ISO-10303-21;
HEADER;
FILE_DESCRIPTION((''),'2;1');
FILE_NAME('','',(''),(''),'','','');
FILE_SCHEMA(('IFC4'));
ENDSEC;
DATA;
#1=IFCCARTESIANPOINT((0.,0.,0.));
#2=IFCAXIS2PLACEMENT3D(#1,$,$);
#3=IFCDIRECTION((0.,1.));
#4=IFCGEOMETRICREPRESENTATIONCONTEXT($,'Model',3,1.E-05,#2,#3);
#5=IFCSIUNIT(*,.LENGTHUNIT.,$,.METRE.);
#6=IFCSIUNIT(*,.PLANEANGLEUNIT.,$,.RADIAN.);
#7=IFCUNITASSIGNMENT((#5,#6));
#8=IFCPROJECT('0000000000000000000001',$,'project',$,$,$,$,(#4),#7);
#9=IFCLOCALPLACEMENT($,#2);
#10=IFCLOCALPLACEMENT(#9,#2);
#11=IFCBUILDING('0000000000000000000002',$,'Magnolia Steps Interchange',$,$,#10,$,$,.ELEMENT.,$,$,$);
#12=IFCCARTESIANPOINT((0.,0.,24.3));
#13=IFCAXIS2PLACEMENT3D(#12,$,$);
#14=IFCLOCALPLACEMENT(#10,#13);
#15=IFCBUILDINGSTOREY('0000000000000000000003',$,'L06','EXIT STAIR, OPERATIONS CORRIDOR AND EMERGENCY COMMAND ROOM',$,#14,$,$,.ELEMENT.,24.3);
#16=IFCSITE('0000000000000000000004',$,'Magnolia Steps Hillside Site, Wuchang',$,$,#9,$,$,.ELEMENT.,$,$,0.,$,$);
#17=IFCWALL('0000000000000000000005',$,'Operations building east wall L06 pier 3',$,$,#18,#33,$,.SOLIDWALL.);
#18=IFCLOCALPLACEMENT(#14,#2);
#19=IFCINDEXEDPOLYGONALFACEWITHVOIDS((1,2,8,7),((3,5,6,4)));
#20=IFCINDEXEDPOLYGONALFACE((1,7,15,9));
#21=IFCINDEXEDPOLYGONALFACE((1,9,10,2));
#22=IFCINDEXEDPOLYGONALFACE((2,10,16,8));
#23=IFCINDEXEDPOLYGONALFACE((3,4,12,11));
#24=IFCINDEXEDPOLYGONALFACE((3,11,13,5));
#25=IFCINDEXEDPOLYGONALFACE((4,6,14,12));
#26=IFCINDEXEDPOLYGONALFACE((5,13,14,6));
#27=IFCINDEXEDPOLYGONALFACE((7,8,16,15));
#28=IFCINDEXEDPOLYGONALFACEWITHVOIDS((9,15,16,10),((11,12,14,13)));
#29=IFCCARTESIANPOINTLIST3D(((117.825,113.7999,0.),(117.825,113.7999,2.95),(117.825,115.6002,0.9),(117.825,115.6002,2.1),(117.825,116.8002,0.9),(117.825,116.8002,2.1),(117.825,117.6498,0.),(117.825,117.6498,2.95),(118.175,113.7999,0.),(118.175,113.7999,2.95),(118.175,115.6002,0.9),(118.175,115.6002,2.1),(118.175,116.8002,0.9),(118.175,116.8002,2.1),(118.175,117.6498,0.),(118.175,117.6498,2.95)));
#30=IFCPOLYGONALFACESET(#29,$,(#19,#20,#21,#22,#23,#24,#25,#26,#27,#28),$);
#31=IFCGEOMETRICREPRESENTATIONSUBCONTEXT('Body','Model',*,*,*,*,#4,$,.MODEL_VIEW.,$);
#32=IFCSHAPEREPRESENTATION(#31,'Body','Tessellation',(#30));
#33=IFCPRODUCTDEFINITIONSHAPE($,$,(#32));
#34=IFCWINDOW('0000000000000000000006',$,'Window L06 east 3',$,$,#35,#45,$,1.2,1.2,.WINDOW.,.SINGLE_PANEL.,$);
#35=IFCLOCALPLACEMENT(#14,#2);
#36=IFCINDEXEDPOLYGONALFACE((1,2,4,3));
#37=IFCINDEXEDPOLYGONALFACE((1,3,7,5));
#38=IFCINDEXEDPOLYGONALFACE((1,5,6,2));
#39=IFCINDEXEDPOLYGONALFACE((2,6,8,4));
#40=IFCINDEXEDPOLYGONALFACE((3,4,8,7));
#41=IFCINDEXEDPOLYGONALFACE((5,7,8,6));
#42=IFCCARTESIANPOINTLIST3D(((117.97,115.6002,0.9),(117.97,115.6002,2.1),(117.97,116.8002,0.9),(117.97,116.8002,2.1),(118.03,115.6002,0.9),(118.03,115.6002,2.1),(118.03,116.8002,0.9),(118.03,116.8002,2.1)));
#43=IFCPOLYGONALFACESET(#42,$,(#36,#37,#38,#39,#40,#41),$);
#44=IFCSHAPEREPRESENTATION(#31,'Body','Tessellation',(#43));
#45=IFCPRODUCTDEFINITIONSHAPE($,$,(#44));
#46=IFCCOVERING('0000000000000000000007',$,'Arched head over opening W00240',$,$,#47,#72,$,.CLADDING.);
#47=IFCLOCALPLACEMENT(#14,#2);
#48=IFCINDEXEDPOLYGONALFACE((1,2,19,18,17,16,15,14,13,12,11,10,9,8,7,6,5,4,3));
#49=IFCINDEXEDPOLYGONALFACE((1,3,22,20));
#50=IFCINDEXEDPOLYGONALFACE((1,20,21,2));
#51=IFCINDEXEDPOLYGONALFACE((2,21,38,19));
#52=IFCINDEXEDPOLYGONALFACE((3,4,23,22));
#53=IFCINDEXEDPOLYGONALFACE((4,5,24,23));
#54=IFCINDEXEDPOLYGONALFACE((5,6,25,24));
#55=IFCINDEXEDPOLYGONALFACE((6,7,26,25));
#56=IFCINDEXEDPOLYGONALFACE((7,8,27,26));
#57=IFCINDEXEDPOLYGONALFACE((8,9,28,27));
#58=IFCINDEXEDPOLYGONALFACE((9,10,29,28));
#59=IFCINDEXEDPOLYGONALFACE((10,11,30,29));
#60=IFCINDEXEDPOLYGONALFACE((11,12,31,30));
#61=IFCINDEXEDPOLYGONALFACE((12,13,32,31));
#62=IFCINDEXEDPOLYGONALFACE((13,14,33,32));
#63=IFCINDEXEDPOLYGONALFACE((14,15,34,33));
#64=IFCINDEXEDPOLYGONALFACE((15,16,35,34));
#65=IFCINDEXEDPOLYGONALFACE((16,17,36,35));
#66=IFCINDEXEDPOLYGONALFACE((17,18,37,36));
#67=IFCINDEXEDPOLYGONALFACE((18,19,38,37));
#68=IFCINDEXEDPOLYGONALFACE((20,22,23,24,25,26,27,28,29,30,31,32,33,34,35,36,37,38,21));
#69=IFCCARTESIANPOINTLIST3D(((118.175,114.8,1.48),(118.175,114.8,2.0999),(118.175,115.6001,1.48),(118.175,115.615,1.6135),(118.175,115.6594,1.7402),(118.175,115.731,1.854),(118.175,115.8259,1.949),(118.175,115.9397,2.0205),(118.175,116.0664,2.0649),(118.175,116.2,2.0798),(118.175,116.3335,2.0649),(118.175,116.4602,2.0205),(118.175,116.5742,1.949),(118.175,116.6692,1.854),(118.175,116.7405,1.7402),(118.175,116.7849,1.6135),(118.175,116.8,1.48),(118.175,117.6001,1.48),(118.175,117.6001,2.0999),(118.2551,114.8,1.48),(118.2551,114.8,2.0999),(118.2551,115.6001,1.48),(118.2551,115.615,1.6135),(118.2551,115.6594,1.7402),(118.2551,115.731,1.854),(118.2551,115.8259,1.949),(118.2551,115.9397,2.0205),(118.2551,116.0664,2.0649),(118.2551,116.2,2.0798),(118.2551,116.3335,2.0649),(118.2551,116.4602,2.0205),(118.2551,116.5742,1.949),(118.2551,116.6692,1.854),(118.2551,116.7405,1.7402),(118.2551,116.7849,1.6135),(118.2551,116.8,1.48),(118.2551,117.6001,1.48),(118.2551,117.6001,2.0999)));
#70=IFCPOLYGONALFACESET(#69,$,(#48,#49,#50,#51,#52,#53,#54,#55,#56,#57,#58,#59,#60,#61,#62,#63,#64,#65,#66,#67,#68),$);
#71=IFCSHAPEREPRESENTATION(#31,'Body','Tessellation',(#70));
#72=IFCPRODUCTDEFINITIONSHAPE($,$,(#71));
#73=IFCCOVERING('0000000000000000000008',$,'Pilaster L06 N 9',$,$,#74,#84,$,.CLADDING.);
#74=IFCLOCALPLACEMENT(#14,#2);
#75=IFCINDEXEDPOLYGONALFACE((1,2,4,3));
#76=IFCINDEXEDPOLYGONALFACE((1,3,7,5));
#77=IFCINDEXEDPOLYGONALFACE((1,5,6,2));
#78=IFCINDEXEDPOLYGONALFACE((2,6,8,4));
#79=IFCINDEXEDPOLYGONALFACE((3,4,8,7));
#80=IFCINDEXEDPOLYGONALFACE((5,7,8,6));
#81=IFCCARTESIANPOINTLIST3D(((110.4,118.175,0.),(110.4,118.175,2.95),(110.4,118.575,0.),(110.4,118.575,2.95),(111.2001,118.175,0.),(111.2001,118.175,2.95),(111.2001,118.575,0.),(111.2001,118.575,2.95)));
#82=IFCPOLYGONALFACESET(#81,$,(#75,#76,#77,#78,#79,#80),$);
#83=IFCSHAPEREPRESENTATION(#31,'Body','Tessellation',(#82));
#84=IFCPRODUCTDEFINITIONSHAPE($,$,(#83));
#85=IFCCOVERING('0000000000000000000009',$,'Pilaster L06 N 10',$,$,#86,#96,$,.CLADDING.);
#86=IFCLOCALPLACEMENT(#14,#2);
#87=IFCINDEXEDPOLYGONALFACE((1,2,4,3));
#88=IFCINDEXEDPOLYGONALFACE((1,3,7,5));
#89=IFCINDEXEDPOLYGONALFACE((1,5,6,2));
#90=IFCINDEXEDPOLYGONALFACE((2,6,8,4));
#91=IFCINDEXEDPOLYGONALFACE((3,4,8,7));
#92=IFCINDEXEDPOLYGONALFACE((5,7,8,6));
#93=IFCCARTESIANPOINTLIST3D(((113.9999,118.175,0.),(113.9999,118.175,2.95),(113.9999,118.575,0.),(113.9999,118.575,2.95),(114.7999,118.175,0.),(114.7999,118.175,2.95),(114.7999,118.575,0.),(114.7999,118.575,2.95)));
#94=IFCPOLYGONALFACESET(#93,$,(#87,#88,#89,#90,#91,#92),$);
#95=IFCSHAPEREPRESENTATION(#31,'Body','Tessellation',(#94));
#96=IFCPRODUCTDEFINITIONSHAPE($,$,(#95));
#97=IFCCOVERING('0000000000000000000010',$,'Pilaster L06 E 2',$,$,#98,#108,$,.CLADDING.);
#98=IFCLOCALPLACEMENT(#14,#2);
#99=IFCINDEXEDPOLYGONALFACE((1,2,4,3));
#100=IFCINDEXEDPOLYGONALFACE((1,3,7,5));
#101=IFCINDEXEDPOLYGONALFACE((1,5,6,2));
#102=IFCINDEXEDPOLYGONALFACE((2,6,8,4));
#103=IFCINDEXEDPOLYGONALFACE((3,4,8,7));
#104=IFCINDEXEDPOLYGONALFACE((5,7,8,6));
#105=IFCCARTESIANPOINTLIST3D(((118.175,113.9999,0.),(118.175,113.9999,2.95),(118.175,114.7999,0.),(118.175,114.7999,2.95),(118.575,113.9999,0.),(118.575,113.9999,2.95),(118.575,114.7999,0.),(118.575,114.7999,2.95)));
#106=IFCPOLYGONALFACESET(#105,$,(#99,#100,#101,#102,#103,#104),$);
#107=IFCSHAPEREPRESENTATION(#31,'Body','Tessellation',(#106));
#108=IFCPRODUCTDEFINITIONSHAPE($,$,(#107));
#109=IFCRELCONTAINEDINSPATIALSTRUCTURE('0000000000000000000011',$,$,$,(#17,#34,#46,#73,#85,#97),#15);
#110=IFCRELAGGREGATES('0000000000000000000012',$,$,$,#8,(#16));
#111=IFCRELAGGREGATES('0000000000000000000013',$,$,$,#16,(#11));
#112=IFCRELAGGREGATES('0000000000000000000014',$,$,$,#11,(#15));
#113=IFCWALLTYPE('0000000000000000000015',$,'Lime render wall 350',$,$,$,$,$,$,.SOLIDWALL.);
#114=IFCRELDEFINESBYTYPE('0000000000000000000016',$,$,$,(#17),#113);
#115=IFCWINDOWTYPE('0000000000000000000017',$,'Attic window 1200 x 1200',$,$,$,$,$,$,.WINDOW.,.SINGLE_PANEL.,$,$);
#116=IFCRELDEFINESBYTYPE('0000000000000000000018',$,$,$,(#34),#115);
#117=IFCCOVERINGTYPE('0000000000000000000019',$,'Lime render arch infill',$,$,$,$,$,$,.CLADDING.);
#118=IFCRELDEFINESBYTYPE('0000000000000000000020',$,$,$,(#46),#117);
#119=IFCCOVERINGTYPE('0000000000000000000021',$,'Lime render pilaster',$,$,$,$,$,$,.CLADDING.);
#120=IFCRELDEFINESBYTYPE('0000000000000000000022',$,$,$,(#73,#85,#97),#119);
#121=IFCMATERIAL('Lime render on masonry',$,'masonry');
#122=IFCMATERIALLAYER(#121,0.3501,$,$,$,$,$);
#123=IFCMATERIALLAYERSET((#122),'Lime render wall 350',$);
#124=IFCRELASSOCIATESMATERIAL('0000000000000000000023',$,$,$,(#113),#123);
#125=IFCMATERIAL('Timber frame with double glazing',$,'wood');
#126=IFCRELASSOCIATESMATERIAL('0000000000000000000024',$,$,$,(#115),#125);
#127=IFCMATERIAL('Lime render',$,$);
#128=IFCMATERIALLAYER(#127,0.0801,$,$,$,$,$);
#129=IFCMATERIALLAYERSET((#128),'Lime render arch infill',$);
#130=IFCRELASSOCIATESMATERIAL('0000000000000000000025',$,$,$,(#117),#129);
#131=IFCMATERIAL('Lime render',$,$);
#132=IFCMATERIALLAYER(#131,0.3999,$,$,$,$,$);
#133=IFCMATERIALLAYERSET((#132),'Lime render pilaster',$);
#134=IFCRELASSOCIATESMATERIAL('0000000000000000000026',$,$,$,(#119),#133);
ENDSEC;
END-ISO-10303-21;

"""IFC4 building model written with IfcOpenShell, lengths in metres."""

from ifc_helpers import new_model, si_unit, direction, frame, frame_2d, origin, origin_2d, place, context, subcontext, project, spatial, polyline, rectangle, outline, extrude, material, layer, layer_set, type_object, element, fill, save


model = new_model("IFC4")

# Units and contexts
model_context = context("Model", 3, precision=1e-05, world=origin(), true_north=direction((0.0, 1.0)))
body_context = subcontext(model_context, "Body", "Model", "MODEL_VIEW")
ifc_project = project(units=[si_unit("LENGTHUNIT", "METRE"), si_unit("PLANEANGLEUNIT", "RADIAN")], contexts=[model_context])

# Site, building, storey
site_placement = place(None, origin())
site = spatial("IfcSite", under=ifc_project, at=site_placement, Name="Magnolia Steps Hillside Site, Wuchang", CompositionType="ELEMENT", RefElevation=0.0)
building_placement = place(site_placement, origin())
building = spatial("IfcBuilding", under=site, at=building_placement, Name="Magnolia Steps Interchange", CompositionType="ELEMENT")
storey_placement = place(building_placement, frame((0.0, 0.0, 24.3)))
storey = spatial("IfcBuildingStorey", under=building, at=storey_placement, Name="L06", Description="EXIT STAIR, OPERATIONS CORRIDOR AND EMERGENCY COMMAND ROOM", CompositionType="ELEMENT", Elevation=24.3)

# Shared definitions
ifc_material_1 = material(Name="Lime render on masonry", Category="masonry")
ifc_layer_1 = layer(ifc_material_1, 0.3501)
ifc_layer_set_1 = layer_set([ifc_layer_1], Name="Lime render wall 350")
wall_type = type_object("IfcWallType", Name="Lime render wall 350", PredefinedType="SOLIDWALL", material=ifc_layer_set_1)
ifc_material_2 = material(Name="Timber frame with double glazing", Category="wood")
window_type = type_object("IfcWindowType", Name="Attic window 1200 x 1200", PartitioningType="SINGLE_PANEL", PredefinedType="WINDOW", material=ifc_material_2)

# Wall, opening, window
wall_1_placement = place(storey_placement, frame((118.0, 113.8, 0.0), z_axis=(0.0, 0.0, 1.0), x_axis=(0.0, 1.0, 0.0)))
wall_1 = element("IfcWall", 1, at=wall_1_placement, inside=storey, type_object=wall_type, Name="Operations building east wall L06 pier 3", PredefinedType="SOLIDWALL", context=body_context, shape_type="SweptSolid", body=[
    extrude(rectangle(XDim=3.8499, YDim=0.3501, at=frame_2d((1.9248, 0.0))), origin(), (0.0, 0.0, 1.0), 2.95),
])
opening_1_placement = place(wall_1_placement, frame((1.8, 0.0, 0.8999)))
opening_1 = element("IfcOpeningElement", 2, at=opening_1_placement, cuts=wall_1, PredefinedType="OPENING", context=body_context, shape_type="SweptSolid", body=[
    extrude(rectangle(XDim=1.2, YDim=1.2, at=frame_2d((0.6001, 0.6001))), frame((0.0, 0.1851, 0.0), z_axis=(0.0, -1.0, 0.0), x_axis=(1.0, 0.0, 0.0)), (0.0, 0.0, 1.0), 0.3701),
])
window_1_placement = place(opening_1_placement, origin())
window_1 = element("IfcWindow", 3, at=window_1_placement, inside=storey, type_object=window_type, Name="Window L06 east 3", OverallHeight=1.2, OverallWidth=1.2, PartitioningType="SINGLE_PANEL", PredefinedType="WINDOW", context=body_context, shape_type="SweptSolid", body=[
    extrude(rectangle(XDim=1.2, YDim=1.2, at=frame_2d((0.6001, 0.6001))), frame((0.0, 0.03, 0.0), z_axis=(0.0, -1.0, 0.0), x_axis=(1.0, 0.0, 0.0)), (0.0, 0.0, 1.0), 0.0601),
])
fill(opening_1, window_1)

# Coverings
ifc_material_3 = material(Name="Lime render")
ifc_layer_2 = layer(ifc_material_3, 0.0801)
ifc_layer_set_2 = layer_set([ifc_layer_2], Name="Lime render arch infill")
covering_type_1 = type_object("IfcCoveringType", Name="Lime render arch infill", PredefinedType="CLADDING", material=ifc_layer_set_2)
covering_1_placement = place(storey_placement, frame((118.175, 114.8, 1.48), z_axis=(-1.0, 0.0, 0.0), x_axis=(0.0, 0.0, 1.0)))
element("IfcCovering", 4, at=covering_1_placement, inside=storey, type_object=covering_type_1, Name="Arched head over opening W00240", PredefinedType="CLADDING", context=body_context, shape_type="SweptSolid", body=[
    extrude(outline(polyline([(0.0, 0.0), (0.6199, 0.0), (0.6199, 2.8), (0.0, 2.8), (0.0, 2.0), (0.1335, 1.9849), (0.2603, 1.9404), (0.374, 1.8691), (0.469, 1.7742), (0.5405, 1.6602), (0.585, 1.5334), (0.5999, 1.3999), (0.585, 1.2664), (0.5405, 1.1396), (0.469, 1.0259), (0.374, 0.9309), (0.2603, 0.8594), (0.1335, 0.8149), (0.0, 0.8), (0.0, 0.0)])), origin(), (0.0, 0.0, -1.0), 0.0801),
])
ifc_material_4 = material(Name="Lime render")
ifc_layer_3 = layer(ifc_material_4, 0.3999)
ifc_layer_set_3 = layer_set([ifc_layer_3], Name="Lime render pilaster")
covering_type_2 = type_object("IfcCoveringType", Name="Lime render pilaster", PredefinedType="CLADDING", material=ifc_layer_set_3)
for number, where, z_axis, x_axis, name in (
    (5, (110.8, 118.375, 0.0), (0.0, 0.0, 1.0), (1.0, 0.0, 0.0), "Pilaster L06 N 9"),
    (6, (114.3999, 118.375, 0.0), (0.0, 0.0, 1.0), (1.0, 0.0, 0.0), "Pilaster L06 N 10"),
):
    element("IfcCovering", number, at=place(storey_placement, frame(where, z_axis=z_axis, x_axis=x_axis)), inside=storey, type_object=covering_type_2, Name=name, PredefinedType="CLADDING", context=body_context, shape_type="SweptSolid", body=[
        extrude(rectangle(XDim=0.8, YDim=0.3999, at=origin_2d()), origin(), (0.0, 0.0, 1.0), 2.95),
    ])
covering_2_placement = place(storey_placement, frame((118.375, 114.3999, 0.0), z_axis=(0.0, 0.0, 1.0), x_axis=(1.0, 0.0, 0.0)))
element("IfcCovering", 7, at=covering_2_placement, inside=storey, type_object=covering_type_2, Name="Pilaster L06 E 2", PredefinedType="CLADDING", context=body_context, shape_type="SweptSolid", body=[
    extrude(rectangle(XDim=0.3999, YDim=0.8, at=origin_2d()), origin(), (0.0, 0.0, 1.0), 2.95),
])

save(model, "model.ifc")
